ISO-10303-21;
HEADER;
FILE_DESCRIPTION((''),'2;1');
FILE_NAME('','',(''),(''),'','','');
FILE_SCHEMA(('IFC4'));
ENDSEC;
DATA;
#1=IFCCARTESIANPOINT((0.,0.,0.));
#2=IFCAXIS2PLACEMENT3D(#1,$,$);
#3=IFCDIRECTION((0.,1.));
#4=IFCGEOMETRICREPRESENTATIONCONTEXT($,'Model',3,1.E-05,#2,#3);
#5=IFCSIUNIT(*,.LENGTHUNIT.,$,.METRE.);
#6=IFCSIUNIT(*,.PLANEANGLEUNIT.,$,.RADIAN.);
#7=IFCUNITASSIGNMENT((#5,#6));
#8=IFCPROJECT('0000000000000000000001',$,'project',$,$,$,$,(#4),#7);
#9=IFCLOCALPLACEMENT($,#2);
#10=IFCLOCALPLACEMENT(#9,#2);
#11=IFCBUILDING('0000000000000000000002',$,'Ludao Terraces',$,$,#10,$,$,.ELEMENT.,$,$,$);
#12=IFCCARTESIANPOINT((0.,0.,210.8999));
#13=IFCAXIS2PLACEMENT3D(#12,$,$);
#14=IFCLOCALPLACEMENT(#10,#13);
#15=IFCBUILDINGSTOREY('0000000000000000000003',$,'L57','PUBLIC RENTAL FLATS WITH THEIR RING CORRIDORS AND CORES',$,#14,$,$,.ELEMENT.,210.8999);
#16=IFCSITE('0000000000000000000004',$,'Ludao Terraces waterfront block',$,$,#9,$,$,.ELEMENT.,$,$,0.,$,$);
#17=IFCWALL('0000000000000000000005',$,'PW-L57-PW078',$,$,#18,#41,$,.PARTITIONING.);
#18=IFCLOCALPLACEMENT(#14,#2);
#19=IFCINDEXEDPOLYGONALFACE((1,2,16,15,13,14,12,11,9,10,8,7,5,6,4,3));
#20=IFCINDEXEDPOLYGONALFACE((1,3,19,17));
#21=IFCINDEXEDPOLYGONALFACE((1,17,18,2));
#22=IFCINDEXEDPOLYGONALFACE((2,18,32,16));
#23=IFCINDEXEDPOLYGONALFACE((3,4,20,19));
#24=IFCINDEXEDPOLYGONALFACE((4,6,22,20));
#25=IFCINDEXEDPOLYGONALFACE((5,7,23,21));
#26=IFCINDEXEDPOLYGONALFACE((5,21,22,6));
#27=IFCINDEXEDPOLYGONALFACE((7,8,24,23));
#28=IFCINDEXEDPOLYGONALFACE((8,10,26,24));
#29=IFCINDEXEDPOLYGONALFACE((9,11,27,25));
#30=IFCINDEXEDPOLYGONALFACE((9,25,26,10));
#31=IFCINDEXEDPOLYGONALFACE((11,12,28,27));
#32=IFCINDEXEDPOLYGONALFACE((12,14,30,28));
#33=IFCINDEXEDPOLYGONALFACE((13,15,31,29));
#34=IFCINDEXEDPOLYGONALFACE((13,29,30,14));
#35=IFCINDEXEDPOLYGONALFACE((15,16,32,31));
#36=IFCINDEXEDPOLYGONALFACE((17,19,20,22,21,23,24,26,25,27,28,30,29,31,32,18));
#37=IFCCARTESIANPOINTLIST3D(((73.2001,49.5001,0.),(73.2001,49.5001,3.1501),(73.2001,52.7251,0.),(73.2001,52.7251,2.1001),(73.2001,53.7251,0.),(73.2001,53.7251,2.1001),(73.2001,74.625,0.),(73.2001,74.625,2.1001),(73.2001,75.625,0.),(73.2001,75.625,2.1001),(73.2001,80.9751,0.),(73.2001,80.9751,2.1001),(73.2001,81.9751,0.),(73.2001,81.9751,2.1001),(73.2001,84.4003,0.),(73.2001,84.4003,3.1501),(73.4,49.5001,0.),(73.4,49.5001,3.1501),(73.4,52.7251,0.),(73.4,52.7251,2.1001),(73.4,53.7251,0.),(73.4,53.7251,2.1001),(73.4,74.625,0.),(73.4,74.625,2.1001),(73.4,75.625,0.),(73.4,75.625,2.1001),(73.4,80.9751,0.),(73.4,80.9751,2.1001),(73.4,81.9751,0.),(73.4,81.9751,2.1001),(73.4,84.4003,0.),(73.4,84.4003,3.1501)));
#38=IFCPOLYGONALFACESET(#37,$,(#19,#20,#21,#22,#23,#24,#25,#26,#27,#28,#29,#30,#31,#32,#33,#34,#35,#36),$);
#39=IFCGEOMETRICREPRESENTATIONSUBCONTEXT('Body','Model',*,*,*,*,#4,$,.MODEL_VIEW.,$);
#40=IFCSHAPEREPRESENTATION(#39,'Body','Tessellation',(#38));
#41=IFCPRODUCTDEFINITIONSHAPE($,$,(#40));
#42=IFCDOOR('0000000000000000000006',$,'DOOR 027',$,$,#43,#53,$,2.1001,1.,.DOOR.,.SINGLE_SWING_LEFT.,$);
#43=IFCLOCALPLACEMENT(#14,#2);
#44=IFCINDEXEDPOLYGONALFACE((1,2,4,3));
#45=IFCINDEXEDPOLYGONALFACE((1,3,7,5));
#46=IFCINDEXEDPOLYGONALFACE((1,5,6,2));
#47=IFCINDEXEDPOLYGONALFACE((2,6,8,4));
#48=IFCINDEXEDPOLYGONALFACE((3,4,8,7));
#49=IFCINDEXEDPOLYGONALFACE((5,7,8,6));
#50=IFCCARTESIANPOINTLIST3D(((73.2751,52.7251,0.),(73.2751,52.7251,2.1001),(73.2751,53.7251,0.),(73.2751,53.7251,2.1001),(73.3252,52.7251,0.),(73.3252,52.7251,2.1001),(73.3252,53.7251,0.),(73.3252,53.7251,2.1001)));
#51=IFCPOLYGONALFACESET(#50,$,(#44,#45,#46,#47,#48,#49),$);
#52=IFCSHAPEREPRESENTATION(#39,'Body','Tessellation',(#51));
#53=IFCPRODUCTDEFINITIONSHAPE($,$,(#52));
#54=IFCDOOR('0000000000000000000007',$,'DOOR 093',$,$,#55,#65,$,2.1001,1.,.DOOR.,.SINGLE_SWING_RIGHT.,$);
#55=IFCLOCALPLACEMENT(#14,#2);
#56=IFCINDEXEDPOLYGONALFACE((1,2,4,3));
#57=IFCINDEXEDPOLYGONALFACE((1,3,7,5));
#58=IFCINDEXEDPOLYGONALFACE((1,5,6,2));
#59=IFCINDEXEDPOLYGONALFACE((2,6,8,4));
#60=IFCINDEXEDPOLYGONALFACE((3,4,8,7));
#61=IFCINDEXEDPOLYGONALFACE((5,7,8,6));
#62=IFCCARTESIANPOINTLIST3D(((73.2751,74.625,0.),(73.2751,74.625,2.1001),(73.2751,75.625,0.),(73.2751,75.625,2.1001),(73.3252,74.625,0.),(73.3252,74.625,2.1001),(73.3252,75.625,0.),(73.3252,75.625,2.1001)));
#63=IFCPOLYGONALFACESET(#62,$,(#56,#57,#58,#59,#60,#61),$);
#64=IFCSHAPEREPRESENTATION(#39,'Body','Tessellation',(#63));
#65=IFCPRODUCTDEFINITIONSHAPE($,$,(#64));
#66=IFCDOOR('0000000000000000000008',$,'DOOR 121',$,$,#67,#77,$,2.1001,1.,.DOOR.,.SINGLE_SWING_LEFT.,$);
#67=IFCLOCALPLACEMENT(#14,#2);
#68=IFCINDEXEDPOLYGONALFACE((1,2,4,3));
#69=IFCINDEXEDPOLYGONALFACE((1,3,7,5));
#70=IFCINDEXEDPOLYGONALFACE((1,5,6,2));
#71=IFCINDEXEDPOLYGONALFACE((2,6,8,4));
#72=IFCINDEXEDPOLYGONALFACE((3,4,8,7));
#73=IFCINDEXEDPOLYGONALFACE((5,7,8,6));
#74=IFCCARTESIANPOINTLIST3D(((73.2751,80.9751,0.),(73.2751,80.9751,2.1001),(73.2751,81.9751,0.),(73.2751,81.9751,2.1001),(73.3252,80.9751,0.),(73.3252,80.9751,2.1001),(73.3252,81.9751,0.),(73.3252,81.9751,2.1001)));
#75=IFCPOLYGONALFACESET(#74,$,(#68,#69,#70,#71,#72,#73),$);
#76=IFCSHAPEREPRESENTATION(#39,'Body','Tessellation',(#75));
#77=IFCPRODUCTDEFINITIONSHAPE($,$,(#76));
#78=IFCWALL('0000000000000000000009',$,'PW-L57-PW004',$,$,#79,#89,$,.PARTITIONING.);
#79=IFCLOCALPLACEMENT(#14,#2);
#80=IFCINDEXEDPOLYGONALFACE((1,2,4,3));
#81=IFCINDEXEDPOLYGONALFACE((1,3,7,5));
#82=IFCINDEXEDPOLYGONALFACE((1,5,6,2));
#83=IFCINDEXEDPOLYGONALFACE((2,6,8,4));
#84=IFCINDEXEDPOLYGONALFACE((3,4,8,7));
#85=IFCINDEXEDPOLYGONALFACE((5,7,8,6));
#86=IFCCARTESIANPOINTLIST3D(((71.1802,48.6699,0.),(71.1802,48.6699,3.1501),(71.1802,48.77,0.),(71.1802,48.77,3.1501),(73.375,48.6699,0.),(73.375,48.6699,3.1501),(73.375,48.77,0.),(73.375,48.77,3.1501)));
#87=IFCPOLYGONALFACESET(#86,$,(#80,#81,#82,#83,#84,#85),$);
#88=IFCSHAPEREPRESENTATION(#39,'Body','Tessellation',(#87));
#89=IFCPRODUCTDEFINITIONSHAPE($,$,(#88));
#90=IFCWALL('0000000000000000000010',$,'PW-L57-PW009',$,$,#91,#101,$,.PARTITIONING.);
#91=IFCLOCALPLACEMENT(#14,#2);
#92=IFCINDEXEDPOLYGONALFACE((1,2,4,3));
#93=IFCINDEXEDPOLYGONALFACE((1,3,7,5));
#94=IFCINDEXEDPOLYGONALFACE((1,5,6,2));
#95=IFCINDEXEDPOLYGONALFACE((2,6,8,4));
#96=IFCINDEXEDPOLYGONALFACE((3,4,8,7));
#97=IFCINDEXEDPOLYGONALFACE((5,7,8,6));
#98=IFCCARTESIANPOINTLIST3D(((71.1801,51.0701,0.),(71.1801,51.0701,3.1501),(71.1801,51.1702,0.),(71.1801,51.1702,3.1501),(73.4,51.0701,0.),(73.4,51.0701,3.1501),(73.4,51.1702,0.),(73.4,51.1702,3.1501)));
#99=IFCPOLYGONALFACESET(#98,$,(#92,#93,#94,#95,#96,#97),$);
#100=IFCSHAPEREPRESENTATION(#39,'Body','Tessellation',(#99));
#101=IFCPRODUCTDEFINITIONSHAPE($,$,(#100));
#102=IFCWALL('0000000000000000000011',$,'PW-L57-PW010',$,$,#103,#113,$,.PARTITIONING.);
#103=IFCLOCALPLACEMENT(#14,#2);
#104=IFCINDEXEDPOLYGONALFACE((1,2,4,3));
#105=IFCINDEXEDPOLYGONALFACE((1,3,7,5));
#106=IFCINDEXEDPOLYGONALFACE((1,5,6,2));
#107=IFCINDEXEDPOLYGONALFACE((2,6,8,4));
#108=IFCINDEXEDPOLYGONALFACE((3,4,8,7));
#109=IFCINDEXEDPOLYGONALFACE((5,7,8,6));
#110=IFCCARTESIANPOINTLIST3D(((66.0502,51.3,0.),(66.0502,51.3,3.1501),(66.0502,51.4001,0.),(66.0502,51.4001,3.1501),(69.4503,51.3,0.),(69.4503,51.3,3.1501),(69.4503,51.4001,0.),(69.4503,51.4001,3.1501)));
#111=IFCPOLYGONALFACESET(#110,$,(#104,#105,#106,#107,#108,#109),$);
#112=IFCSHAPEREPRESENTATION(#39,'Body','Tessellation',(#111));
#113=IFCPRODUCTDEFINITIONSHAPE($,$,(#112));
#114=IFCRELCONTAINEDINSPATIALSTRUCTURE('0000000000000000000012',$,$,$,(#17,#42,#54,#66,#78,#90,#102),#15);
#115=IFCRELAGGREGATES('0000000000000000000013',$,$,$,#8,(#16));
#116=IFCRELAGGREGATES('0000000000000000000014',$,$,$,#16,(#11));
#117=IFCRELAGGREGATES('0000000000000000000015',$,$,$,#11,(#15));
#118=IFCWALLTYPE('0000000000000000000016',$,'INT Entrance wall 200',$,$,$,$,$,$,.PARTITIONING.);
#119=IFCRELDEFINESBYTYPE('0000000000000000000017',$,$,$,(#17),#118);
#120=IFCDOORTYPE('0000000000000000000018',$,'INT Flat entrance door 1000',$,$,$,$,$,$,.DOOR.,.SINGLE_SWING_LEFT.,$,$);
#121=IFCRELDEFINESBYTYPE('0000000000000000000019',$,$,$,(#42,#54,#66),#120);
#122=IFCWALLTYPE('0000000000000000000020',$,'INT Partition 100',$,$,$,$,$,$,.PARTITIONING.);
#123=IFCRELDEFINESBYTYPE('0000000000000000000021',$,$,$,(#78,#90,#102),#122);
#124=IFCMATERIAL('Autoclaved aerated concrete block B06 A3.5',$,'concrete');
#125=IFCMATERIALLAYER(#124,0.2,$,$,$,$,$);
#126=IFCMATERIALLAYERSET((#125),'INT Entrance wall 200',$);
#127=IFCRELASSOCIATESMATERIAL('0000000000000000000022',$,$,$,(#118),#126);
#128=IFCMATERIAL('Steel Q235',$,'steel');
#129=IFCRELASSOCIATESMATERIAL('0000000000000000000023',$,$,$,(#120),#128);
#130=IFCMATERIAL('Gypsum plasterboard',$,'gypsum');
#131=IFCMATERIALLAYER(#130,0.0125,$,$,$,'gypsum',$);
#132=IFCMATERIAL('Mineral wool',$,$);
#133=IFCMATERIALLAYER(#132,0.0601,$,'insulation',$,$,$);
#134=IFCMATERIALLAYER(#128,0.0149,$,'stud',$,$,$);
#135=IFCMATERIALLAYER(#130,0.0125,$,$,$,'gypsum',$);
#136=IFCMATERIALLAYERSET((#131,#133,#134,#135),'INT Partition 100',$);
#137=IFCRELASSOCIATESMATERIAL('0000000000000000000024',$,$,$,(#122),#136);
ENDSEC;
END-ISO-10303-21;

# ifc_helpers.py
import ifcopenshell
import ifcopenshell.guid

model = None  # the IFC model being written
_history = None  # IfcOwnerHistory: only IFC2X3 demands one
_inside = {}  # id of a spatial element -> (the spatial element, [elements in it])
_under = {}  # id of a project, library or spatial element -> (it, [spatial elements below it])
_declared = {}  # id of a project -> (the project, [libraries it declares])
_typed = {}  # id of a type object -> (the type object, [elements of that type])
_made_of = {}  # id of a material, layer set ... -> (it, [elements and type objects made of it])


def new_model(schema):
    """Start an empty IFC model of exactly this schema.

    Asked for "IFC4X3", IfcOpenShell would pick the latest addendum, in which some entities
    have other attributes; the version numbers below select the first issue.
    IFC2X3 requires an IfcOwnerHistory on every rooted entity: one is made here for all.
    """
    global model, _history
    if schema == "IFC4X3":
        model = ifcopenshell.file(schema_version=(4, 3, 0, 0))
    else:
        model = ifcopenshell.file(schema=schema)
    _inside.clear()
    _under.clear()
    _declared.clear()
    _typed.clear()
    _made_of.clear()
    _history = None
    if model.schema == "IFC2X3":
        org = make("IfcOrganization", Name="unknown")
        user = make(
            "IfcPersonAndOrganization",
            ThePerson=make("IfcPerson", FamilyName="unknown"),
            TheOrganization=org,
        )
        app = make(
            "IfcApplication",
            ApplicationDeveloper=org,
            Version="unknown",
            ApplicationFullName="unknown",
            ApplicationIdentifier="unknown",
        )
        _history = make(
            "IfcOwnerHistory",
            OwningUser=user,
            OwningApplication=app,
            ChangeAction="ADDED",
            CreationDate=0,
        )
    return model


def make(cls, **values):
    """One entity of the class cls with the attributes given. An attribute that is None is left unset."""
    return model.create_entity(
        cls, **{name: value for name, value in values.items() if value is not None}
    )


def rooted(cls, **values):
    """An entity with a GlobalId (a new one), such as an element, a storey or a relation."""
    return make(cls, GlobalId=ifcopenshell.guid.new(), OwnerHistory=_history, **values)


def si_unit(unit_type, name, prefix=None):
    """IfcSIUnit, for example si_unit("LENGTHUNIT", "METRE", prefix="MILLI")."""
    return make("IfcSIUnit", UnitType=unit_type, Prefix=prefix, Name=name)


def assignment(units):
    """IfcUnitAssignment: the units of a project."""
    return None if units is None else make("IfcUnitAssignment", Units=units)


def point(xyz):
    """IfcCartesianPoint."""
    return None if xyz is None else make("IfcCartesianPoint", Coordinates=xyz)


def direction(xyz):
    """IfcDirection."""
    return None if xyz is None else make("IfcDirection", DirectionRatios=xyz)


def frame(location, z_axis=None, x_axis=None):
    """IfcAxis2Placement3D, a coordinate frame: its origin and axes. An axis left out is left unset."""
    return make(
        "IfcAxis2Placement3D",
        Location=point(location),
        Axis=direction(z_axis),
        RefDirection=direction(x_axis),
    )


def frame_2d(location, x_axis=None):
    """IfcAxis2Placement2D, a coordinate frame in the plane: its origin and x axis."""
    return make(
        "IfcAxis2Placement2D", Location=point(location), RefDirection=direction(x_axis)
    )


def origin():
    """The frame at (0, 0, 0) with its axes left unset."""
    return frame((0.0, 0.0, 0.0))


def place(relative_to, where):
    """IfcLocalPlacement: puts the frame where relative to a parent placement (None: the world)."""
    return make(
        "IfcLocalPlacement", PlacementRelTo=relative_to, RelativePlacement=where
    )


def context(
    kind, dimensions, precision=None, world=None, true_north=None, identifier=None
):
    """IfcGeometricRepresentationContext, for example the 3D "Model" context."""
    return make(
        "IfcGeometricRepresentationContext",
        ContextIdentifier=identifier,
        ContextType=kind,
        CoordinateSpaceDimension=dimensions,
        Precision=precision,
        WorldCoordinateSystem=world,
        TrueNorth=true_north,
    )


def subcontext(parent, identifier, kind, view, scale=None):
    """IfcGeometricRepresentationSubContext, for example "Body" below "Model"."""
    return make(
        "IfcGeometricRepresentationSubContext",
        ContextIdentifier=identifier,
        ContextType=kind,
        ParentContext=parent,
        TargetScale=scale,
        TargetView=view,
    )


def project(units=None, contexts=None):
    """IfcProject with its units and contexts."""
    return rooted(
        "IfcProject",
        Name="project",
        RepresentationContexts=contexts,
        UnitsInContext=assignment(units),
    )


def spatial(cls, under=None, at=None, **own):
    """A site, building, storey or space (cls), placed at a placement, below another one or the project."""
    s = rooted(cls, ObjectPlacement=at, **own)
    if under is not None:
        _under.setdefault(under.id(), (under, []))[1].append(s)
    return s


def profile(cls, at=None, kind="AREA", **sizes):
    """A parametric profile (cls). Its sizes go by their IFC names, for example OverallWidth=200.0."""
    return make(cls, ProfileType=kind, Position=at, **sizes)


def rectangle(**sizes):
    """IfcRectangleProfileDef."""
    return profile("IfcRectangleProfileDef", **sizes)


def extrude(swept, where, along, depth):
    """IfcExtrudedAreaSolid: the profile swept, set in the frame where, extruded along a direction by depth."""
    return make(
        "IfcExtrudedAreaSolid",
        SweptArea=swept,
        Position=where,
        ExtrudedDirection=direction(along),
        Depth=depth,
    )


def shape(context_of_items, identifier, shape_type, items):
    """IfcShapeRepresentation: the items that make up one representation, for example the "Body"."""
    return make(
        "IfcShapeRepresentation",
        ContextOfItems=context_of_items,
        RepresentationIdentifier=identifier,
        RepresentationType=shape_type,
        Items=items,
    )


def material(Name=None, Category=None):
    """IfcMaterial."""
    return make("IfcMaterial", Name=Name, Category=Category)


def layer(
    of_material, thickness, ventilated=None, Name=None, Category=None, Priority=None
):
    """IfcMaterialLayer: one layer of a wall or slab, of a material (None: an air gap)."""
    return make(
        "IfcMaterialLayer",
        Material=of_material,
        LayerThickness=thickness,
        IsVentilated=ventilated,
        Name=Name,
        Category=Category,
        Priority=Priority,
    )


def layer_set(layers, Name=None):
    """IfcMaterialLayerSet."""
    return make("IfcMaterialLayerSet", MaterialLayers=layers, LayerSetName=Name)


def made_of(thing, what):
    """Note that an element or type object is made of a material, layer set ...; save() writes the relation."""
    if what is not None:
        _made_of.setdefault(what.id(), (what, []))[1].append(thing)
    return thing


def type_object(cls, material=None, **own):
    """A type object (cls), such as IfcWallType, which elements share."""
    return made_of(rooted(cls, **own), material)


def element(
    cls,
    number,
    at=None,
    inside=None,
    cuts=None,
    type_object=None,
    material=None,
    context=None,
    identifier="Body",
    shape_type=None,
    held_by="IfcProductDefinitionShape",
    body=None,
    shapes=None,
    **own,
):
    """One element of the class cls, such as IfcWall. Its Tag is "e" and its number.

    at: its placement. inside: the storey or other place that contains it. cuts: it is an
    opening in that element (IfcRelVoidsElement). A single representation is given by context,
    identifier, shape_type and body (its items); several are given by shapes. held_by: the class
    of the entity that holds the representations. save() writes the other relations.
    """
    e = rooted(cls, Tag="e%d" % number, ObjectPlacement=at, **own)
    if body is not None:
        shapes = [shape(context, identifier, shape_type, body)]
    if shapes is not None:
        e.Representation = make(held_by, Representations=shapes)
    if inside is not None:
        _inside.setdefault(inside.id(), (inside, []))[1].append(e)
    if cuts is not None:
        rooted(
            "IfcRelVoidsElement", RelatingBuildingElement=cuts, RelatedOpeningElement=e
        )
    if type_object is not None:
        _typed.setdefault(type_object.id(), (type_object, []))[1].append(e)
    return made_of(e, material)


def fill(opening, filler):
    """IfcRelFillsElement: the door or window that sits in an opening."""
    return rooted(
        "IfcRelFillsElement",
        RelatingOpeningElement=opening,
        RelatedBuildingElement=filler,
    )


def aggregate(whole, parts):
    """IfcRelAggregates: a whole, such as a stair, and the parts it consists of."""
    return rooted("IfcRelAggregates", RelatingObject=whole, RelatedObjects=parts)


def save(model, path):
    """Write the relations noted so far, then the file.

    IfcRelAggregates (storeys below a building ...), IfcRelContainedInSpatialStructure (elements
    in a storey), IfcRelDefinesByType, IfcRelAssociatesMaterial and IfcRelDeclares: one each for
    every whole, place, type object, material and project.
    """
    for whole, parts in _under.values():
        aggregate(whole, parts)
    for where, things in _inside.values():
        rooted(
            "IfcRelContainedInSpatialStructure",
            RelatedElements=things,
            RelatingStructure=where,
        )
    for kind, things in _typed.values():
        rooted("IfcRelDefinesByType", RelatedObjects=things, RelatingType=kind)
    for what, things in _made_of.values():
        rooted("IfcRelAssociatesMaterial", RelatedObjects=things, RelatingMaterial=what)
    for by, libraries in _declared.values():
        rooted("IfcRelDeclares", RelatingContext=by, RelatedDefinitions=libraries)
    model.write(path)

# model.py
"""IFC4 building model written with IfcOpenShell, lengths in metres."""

from ifc_helpers import new_model, si_unit, direction, frame, frame_2d, origin, place, context, subcontext, project, spatial, rectangle, extrude, material, layer, layer_set, type_object, element, fill, save


model = new_model("IFC4")

# Units and contexts
model_context = context("Model", 3, precision=1e-05, world=origin(), true_north=direction((0.0, 1.0)))
body_context = subcontext(model_context, "Body", "Model", "MODEL_VIEW")
ifc_project = project(units=[si_unit("LENGTHUNIT", "METRE"), si_unit("PLANEANGLEUNIT", "RADIAN")], contexts=[model_context])

# Site, building, storey
site_placement = place(None, origin())
site = spatial("IfcSite", under=ifc_project, at=site_placement, Name="Ludao Terraces waterfront block", CompositionType="ELEMENT", RefElevation=0.0)
building_placement = place(site_placement, origin())
building = spatial("IfcBuilding", under=site, at=building_placement, Name="Ludao Terraces", CompositionType="ELEMENT")
storey_placement = place(building_placement, frame((0.0, 0.0, 210.8999)))
storey = spatial("IfcBuildingStorey", under=building, at=storey_placement, Name="L57", Description="PUBLIC RENTAL FLATS WITH THEIR RING CORRIDORS AND CORES", CompositionType="ELEMENT", Elevation=210.8999)

# Wall, openings, doors
ifc_material_1 = material(Name="Autoclaved aerated concrete block B06 A3.5", Category="concrete")
ifc_layer_1 = layer(ifc_material_1, 0.2)
ifc_layer_set_1 = layer_set([ifc_layer_1], Name="INT Entrance wall 200")
wall_type_1 = type_object("IfcWallType", Name="INT Entrance wall 200", PredefinedType="PARTITIONING", material=ifc_layer_set_1)
wall_1_placement = place(storey_placement, frame((73.3, 49.5, 0.0), z_axis=(0.0, 0.0, 1.0), x_axis=(0.0, 1.0, 0.0)))
wall_1 = element("IfcWall", 1, at=wall_1_placement, inside=storey, type_object=wall_type_1, Name="PW-L57-PW078", PredefinedType="PARTITIONING", context=body_context, shape_type="SweptSolid", body=[
    extrude(rectangle(XDim=34.9001, YDim=0.2, at=frame_2d((17.4502, 0.0))), origin(), (0.0, 0.0, 1.0), 3.1501),
])
opening_1_placement = place(wall_1_placement, frame((3.2251, 0.0, 0.0)))
opening_1 = element("IfcOpeningElement", 2, at=opening_1_placement, cuts=wall_1, PredefinedType="OPENING", context=body_context, shape_type="SweptSolid", body=[
    extrude(rectangle(XDim=1.0, YDim=2.1001, at=frame_2d((0.5, 1.05))), frame((0.0, 0.1099, 0.0), z_axis=(0.0, -1.0, 0.0), x_axis=(1.0, 0.0, 0.0)), (0.0, 0.0, 1.0), 0.22),
])
opening_2_placement = place(wall_1_placement, frame((25.125, 0.0, 0.0)))
opening_2 = element("IfcOpeningElement", 3, at=opening_2_placement, cuts=wall_1, PredefinedType="OPENING", context=body_context, shape_type="SweptSolid", body=[
    extrude(rectangle(XDim=1.0, YDim=2.1001, at=frame_2d((0.5, 1.05))), frame((0.0, 0.1099, 0.0), z_axis=(0.0, -1.0, 0.0), x_axis=(1.0, 0.0, 0.0)), (0.0, 0.0, 1.0), 0.22),
])
opening_3_placement = place(wall_1_placement, frame((31.4751, 0.0, 0.0)))
opening_3 = element("IfcOpeningElement", 4, at=opening_3_placement, cuts=wall_1, PredefinedType="OPENING", context=body_context, shape_type="SweptSolid", body=[
    extrude(rectangle(XDim=1.0, YDim=2.1001, at=frame_2d((0.5, 1.05))), frame((0.0, 0.1099, 0.0), z_axis=(0.0, -1.0, 0.0), x_axis=(1.0, 0.0, 0.0)), (0.0, 0.0, 1.0), 0.22),
])
ifc_material_2 = material(Name="Steel Q235", Category="steel")
door_type_1 = type_object("IfcDoorType", Name="INT Flat entrance door 1000", OperationType="SINGLE_SWING_LEFT", PredefinedType="DOOR", material=ifc_material_2)
door_1_placement = place(opening_1_placement, origin())
door_1 = element("IfcDoor", 5, at=door_1_placement, inside=storey, type_object=door_type_1, Name="DOOR 027", OperationType="SINGLE_SWING_LEFT", OverallHeight=2.1001, OverallWidth=1.0, PredefinedType="DOOR", context=body_context, shape_type="SweptSolid", body=[
    extrude(rectangle(XDim=1.0, YDim=2.1001, at=frame_2d((0.5, 1.05))), frame((0.0, 0.0249, 0.0), z_axis=(0.0, -1.0, 0.0), x_axis=(1.0, 0.0, 0.0)), (0.0, 0.0, 1.0), 0.05),
])
fill(opening_1, door_1)
door_2_placement = place(opening_2_placement, origin())
door_2 = element("IfcDoor", 6, at=door_2_placement, inside=storey, type_object=door_type_1, Name="DOOR 093", OperationType="SINGLE_SWING_RIGHT", OverallHeight=2.1001, OverallWidth=1.0, PredefinedType="DOOR", context=body_context, shape_type="SweptSolid", body=[
    extrude(rectangle(XDim=1.0, YDim=2.1001, at=frame_2d((0.5, 1.05))), frame((0.0, 0.0249, 0.0), z_axis=(0.0, -1.0, 0.0), x_axis=(1.0, 0.0, 0.0)), (0.0, 0.0, 1.0), 0.05),
])
fill(opening_2, door_2)
door_3_placement = place(opening_3_placement, origin())
door_3 = element("IfcDoor", 7, at=door_3_placement, inside=storey, type_object=door_type_1, Name="DOOR 121", OperationType="SINGLE_SWING_LEFT", OverallHeight=2.1001, OverallWidth=1.0, PredefinedType="DOOR", context=body_context, shape_type="SweptSolid", body=[
    extrude(rectangle(XDim=1.0, YDim=2.1001, at=frame_2d((0.5, 1.05))), frame((0.0, 0.0249, 0.0), z_axis=(0.0, -1.0, 0.0), x_axis=(1.0, 0.0, 0.0)), (0.0, 0.0, 1.0), 0.05),
])
fill(opening_3, door_3)

# Walls
ifc_material_3 = material(Name="Gypsum plasterboard", Category="gypsum")
ifc_layer_2 = layer(ifc_material_3, 0.0125, Category="gypsum")
ifc_material_4 = material(Name="Mineral wool")
ifc_layer_3 = layer(ifc_material_4, 0.0601, Name="insulation")
ifc_layer_4 = layer(ifc_material_2, 0.0149, Name="stud")
ifc_layer_5 = layer(ifc_material_3, 0.0125, Category="gypsum")
ifc_layer_set_2 = layer_set([ifc_layer_2, ifc_layer_3, ifc_layer_4, ifc_layer_5], Name="INT Partition 100")
wall_type_2 = type_object("IfcWallType", Name="INT Partition 100", PredefinedType="PARTITIONING", material=ifc_layer_set_2)
wall_2_placement = place(storey_placement, frame((71.1802, 48.72, 0.0), z_axis=(0.0, 0.0, 1.0), x_axis=(1.0, 0.0, 0.0)))
element("IfcWall", 8, at=wall_2_placement, inside=storey, type_object=wall_type_2, Name="PW-L57-PW004", PredefinedType="PARTITIONING", context=body_context, shape_type="SweptSolid", body=[
    extrude(rectangle(XDim=2.1948, YDim=0.1001, at=frame_2d((1.0974, 0.0))), origin(), (0.0, 0.0, 1.0), 3.1501),
])
wall_3_placement = place(storey_placement, frame((71.1802, 51.1201, 0.0), z_axis=(0.0, 0.0, 1.0), x_axis=(1.0, 0.0, 0.0)))
element("IfcWall", 9, at=wall_3_placement, inside=storey, type_object=wall_type_2, Name="PW-L57-PW009", PredefinedType="PARTITIONING", context=body_context, shape_type="SweptSolid", body=[
    extrude(rectangle(XDim=2.22, YDim=0.1001, at=frame_2d((1.1099, 0.0))), origin(), (0.0, 0.0, 1.0), 3.1501),
])
wall_4_placement = place(storey_placement, frame((66.05, 51.3501, 0.0), z_axis=(0.0, 0.0, 1.0), x_axis=(1.0, 0.0, 0.0)))
element("IfcWall", 10, at=wall_4_placement, inside=storey, type_object=wall_type_2, Name="PW-L57-PW010", PredefinedType="PARTITIONING", context=body_context, shape_type="SweptSolid", body=[
    extrude(rectangle(XDim=3.4001, YDim=0.1001, at=frame_2d((1.7002, 0.0))), origin(), (0.0, 0.0, 1.0), 3.1501),
])

save(model, "model.ifc")
